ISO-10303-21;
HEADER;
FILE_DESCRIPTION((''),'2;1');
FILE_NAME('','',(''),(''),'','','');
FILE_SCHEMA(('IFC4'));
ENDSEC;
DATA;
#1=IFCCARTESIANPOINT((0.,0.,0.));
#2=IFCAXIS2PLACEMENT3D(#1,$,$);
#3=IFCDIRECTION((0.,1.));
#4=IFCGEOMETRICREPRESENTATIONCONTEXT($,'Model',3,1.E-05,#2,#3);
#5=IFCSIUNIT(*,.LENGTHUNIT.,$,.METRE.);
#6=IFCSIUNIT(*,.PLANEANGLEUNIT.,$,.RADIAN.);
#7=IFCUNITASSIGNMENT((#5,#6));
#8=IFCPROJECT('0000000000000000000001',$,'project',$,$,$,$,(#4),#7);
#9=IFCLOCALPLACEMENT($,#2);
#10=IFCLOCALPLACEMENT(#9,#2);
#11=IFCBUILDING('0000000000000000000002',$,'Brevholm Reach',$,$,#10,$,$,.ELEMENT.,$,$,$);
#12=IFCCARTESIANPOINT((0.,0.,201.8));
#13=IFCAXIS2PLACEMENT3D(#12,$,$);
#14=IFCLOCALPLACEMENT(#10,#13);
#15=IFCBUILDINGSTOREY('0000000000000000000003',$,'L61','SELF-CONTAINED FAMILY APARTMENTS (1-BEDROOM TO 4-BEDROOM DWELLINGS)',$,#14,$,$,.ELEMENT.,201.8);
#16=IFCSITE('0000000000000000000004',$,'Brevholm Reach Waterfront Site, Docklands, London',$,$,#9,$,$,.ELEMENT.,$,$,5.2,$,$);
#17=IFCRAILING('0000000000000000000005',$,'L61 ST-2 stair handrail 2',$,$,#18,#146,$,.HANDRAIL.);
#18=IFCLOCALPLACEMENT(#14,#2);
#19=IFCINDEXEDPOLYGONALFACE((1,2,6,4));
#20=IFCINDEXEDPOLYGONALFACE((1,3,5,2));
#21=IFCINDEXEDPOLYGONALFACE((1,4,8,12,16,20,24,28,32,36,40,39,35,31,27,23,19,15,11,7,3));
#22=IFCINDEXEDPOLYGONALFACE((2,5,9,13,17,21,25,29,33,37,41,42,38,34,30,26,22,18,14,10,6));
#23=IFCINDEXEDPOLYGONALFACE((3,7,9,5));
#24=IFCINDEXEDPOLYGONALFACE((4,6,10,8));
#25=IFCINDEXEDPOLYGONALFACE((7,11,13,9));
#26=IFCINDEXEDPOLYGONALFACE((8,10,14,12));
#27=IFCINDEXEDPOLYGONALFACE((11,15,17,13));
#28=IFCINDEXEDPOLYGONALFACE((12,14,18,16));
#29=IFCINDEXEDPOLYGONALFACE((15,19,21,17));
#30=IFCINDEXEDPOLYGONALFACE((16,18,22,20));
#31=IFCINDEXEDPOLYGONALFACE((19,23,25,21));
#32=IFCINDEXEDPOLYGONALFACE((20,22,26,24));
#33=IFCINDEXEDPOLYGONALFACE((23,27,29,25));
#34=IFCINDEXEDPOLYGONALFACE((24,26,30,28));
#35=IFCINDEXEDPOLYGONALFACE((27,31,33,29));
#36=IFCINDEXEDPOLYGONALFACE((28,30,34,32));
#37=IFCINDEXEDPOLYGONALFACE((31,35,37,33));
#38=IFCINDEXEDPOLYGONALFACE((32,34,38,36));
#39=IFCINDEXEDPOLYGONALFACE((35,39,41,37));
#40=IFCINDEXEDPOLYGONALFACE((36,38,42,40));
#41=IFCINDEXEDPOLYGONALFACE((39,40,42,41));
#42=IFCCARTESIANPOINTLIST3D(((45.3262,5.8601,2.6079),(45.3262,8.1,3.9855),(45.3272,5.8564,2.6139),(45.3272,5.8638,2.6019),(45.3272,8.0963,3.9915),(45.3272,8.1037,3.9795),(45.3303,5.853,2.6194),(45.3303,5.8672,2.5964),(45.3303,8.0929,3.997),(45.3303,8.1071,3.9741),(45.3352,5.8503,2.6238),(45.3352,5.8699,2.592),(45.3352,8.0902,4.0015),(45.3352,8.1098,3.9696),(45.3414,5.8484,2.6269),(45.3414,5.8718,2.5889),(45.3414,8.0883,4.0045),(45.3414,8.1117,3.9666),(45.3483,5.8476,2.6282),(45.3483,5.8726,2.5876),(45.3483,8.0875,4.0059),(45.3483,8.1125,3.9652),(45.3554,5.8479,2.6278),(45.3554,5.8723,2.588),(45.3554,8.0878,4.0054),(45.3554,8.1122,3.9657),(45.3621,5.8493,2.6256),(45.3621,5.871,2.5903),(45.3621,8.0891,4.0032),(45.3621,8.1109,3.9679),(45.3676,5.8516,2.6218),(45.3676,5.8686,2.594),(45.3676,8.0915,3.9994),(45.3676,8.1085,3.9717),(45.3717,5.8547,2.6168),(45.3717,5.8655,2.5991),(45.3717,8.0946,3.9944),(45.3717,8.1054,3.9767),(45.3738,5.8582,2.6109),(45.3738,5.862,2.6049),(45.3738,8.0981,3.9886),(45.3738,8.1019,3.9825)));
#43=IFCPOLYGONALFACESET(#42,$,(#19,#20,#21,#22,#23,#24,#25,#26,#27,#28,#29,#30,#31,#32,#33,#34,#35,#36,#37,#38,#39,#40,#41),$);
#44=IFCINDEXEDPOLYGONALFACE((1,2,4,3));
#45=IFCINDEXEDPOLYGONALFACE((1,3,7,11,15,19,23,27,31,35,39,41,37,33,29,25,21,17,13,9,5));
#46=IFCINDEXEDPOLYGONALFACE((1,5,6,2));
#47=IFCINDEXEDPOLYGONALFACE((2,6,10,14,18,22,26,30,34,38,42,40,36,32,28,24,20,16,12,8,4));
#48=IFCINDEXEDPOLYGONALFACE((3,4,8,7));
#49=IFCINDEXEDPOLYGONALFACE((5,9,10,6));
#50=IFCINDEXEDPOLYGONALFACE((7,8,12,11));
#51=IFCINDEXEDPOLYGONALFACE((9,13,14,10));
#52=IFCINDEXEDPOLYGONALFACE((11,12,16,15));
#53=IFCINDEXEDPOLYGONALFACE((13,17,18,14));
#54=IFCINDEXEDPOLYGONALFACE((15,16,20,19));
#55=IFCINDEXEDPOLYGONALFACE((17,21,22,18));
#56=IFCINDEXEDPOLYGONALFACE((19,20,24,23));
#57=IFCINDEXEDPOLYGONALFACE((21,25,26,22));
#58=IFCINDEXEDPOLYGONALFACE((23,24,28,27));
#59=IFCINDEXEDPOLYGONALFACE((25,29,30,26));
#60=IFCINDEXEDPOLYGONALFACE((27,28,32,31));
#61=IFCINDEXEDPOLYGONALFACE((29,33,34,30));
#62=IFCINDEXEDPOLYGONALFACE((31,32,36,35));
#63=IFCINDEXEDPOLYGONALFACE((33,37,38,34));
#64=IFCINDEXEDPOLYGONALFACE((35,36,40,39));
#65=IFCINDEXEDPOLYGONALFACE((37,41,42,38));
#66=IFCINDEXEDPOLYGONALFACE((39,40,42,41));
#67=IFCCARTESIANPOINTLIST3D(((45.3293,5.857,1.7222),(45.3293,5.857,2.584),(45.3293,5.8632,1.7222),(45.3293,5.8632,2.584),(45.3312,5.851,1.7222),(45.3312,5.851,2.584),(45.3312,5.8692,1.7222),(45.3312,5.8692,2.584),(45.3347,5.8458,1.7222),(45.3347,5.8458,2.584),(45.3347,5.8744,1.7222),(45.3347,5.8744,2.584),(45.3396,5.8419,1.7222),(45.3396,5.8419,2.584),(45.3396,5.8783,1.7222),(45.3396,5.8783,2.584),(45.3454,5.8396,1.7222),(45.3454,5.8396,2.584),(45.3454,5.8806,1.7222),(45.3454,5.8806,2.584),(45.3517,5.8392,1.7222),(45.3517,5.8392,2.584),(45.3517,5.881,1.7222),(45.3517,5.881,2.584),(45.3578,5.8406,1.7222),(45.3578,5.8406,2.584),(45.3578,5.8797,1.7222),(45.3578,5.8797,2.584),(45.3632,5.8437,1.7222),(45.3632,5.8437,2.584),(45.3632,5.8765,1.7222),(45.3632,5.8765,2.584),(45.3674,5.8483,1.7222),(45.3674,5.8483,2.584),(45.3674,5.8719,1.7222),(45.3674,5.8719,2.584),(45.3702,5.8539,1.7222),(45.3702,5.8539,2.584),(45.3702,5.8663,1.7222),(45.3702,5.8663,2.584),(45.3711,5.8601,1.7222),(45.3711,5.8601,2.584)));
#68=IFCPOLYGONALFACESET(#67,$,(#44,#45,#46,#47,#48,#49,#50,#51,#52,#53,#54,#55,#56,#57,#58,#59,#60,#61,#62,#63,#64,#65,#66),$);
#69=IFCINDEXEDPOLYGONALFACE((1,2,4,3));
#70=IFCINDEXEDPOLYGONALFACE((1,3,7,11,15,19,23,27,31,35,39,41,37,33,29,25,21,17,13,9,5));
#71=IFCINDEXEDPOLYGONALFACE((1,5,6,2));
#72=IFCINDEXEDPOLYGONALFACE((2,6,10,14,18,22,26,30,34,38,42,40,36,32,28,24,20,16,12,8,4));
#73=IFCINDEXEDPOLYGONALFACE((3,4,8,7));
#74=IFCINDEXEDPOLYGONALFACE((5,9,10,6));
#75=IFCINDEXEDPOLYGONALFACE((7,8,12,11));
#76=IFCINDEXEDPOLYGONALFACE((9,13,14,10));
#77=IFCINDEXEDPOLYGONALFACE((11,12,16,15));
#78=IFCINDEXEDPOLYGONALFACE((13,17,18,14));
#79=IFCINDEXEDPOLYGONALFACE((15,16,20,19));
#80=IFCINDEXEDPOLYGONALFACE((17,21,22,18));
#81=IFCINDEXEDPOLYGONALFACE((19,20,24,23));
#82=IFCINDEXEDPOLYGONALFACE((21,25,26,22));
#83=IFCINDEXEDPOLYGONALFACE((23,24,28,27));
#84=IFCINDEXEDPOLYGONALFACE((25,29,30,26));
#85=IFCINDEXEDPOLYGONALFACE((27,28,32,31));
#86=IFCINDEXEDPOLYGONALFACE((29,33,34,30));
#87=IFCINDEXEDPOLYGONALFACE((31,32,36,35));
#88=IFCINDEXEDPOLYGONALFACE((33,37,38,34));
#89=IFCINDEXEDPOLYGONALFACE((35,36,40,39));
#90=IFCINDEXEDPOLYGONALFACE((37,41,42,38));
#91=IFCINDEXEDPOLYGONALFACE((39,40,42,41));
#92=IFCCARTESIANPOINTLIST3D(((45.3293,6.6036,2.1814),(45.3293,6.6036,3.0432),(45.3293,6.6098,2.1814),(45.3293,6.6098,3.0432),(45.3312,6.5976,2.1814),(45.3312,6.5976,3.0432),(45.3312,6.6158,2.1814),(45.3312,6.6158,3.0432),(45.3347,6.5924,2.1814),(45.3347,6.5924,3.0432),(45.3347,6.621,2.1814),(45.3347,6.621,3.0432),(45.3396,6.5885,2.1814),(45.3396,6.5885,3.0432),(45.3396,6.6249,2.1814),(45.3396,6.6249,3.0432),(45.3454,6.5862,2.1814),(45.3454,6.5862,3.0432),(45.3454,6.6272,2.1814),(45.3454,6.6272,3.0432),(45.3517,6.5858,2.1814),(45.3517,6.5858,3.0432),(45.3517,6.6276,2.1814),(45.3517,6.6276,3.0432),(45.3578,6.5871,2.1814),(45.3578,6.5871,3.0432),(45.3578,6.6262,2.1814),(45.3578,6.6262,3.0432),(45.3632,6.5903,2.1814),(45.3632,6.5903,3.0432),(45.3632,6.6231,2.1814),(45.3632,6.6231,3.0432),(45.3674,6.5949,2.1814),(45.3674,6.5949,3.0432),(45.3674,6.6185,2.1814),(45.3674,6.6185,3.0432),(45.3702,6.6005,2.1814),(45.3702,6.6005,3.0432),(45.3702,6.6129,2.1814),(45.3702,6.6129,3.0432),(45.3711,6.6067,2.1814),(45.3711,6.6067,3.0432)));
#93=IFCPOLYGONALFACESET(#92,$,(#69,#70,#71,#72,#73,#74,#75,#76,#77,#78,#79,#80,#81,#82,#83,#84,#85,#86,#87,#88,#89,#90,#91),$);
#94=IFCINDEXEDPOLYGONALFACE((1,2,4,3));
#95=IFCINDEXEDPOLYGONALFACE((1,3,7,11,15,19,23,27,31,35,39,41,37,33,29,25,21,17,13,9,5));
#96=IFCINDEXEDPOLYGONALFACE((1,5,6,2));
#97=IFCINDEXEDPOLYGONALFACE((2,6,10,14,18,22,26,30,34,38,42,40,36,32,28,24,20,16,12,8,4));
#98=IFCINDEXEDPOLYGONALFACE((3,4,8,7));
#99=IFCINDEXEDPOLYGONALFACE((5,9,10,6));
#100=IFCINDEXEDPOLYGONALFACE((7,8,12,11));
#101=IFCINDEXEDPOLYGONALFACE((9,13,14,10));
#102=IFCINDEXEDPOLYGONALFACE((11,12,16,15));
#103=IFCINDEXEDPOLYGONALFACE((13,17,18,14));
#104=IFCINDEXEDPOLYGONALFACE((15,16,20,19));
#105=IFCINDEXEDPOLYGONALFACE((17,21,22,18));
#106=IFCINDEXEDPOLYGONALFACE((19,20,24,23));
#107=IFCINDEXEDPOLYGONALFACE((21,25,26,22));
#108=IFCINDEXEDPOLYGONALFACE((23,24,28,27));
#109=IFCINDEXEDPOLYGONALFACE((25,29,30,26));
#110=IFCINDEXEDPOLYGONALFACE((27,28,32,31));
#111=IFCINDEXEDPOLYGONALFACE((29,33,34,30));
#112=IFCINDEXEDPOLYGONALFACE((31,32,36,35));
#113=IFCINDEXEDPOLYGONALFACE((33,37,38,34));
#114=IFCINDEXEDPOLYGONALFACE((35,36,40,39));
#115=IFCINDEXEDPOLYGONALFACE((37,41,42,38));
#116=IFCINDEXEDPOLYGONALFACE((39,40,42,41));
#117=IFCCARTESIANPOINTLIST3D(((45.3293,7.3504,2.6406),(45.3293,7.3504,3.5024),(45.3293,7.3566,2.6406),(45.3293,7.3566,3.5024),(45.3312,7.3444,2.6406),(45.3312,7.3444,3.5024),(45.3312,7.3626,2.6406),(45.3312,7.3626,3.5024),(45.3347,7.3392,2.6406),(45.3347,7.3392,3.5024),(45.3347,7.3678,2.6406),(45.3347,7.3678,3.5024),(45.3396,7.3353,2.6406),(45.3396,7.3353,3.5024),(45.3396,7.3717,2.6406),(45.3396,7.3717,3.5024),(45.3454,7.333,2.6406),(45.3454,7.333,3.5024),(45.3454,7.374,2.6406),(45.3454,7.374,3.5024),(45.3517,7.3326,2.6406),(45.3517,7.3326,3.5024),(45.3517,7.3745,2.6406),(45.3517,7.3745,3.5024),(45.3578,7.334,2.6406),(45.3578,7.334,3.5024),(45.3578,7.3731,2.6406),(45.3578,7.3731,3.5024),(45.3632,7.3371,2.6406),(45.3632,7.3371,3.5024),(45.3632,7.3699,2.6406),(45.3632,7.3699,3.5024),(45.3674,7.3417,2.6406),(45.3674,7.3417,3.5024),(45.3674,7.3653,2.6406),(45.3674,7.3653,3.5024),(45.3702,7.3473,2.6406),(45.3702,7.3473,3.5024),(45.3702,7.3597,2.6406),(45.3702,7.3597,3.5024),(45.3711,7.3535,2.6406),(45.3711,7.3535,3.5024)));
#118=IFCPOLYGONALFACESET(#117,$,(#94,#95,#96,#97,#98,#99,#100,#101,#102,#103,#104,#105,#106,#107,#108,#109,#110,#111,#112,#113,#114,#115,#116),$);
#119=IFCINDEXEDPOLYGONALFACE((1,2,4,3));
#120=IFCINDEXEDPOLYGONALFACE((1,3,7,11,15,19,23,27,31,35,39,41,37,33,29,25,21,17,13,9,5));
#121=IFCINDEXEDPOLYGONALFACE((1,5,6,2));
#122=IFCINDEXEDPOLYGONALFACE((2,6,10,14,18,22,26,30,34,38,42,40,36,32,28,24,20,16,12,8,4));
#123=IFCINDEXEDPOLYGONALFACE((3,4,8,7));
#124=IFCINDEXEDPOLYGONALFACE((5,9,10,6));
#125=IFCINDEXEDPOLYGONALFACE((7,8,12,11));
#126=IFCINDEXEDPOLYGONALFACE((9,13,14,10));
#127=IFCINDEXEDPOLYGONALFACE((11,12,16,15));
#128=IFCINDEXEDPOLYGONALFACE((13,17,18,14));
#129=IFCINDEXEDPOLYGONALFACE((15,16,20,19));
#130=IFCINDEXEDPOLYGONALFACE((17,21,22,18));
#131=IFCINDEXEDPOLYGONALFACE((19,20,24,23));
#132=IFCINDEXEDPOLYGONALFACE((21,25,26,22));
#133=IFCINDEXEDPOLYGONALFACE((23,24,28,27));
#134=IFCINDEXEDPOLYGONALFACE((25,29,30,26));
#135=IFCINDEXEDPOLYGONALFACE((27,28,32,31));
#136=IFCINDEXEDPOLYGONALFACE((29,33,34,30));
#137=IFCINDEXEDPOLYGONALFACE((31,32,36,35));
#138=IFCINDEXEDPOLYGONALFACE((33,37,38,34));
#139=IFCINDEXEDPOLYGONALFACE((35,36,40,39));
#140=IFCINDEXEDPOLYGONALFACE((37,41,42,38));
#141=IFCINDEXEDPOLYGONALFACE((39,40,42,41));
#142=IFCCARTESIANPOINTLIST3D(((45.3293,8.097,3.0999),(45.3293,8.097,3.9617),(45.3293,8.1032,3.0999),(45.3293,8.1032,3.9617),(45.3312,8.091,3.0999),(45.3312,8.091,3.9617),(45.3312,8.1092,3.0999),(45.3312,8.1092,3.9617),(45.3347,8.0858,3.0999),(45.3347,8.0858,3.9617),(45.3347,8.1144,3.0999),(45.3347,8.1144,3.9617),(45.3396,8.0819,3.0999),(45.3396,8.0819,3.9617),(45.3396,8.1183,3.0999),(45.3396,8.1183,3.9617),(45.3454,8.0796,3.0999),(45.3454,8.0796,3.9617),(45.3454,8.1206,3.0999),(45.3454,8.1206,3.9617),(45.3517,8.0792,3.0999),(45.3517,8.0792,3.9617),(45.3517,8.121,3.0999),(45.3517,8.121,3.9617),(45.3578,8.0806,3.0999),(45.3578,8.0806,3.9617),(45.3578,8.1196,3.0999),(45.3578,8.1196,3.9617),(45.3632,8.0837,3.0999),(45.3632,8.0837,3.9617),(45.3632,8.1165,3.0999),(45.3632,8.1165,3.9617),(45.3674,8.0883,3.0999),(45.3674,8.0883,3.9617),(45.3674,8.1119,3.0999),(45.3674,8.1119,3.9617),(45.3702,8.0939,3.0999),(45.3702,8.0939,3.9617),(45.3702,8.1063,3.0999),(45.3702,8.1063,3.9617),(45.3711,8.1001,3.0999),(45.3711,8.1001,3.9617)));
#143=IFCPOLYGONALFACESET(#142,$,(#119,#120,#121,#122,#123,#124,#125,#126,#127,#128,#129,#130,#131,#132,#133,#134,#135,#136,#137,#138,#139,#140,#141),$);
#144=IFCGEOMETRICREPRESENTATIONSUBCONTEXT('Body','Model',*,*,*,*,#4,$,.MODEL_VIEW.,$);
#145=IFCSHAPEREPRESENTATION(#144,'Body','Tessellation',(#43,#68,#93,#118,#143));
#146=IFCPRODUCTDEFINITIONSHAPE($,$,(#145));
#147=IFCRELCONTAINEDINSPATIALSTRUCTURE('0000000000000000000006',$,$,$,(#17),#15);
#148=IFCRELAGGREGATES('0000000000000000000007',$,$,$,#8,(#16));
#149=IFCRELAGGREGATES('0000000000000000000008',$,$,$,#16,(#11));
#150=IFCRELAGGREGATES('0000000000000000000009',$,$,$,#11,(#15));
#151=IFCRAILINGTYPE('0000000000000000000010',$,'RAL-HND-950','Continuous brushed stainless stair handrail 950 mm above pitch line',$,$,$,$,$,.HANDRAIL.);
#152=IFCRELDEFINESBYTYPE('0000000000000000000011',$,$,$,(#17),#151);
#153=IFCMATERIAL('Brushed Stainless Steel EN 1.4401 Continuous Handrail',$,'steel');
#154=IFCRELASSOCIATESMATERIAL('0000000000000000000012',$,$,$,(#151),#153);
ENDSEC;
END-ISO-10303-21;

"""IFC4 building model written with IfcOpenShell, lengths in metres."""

from ifc_helpers import new_model, si_unit, direction, frame, origin, origin_2d, place, context, subcontext, project, spatial, circle, extrude, material, type_object, element, save


model = new_model("IFC4")

# Units and contexts
model_context = context("Model", 3, precision=1e-05, world=origin(), true_north=direction((0.0, 1.0)))
body_context = subcontext(model_context, "Body", "Model", "MODEL_VIEW")
ifc_project = project(units=[si_unit("LENGTHUNIT", "METRE"), si_unit("PLANEANGLEUNIT", "RADIAN")], contexts=[model_context])

# Site, building, storey
site_placement = place(None, origin())
site = spatial("IfcSite", under=ifc_project, at=site_placement, Name="Brevholm Reach Waterfront Site, Docklands, London", CompositionType="ELEMENT", RefElevation=5.2)
building_placement = place(site_placement, origin())
building = spatial("IfcBuilding", under=site, at=building_placement, Name="Brevholm Reach", CompositionType="ELEMENT")
storey_placement = place(building_placement, frame((0.0, 0.0, 201.8)))
storey = spatial("IfcBuildingStorey", under=building, at=storey_placement, Name="L61", Description="SELF-CONTAINED FAMILY APARTMENTS (1-BEDROOM TO 4-BEDROOM DWELLINGS)", CompositionType="ELEMENT", Elevation=201.8)

# Railing
ifc_material_1 = material(Name="Brushed Stainless Steel EN 1.4401 Continuous Handrail", Category="steel")
railing_type_1 = type_object("IfcRailingType", Name="RAL-HND-950", Description="Continuous brushed stainless stair handrail 950 mm above pitch line", PredefinedType="HANDRAIL", material=ifc_material_1)
railing_1_placement = place(storey_placement, frame((45.3501, 5.8601, 1.7222)))
element("IfcRailing", 1, at=railing_1_placement, inside=storey, type_object=railing_type_1, Name="L61 ST-2 stair handrail 2", PredefinedType="HANDRAIL", context=body_context, shape_type="SweptSolid", body=[
    extrude(circle(Radius=0.0239, at=origin_2d()), frame((0.0, 0.0, 0.8857), z_axis=(0.0, 0.851789, 0.523885), x_axis=(-1.0, 0.0, 0.0)), (0.0, 0.0, 1.0), 2.6296),
    extrude(circle(Radius=0.021, at=origin_2d()), origin(), (0.0, 0.0, 1.0), 0.8618),
    extrude(circle(Radius=0.021, at=origin_2d()), frame((0.0, 0.7466, 0.4592)), (0.0, 0.0, 1.0), 0.8618),
    extrude(circle(Radius=0.021, at=origin_2d()), frame((0.0, 1.4934, 0.9185)), (0.0, 0.0, 1.0), 0.8618),
    extrude(circle(Radius=0.021, at=origin_2d()), frame((0.0, 2.24, 1.3777)), (0.0, 0.0, 1.0), 0.8618),
])

save(model, "model.ifc")
